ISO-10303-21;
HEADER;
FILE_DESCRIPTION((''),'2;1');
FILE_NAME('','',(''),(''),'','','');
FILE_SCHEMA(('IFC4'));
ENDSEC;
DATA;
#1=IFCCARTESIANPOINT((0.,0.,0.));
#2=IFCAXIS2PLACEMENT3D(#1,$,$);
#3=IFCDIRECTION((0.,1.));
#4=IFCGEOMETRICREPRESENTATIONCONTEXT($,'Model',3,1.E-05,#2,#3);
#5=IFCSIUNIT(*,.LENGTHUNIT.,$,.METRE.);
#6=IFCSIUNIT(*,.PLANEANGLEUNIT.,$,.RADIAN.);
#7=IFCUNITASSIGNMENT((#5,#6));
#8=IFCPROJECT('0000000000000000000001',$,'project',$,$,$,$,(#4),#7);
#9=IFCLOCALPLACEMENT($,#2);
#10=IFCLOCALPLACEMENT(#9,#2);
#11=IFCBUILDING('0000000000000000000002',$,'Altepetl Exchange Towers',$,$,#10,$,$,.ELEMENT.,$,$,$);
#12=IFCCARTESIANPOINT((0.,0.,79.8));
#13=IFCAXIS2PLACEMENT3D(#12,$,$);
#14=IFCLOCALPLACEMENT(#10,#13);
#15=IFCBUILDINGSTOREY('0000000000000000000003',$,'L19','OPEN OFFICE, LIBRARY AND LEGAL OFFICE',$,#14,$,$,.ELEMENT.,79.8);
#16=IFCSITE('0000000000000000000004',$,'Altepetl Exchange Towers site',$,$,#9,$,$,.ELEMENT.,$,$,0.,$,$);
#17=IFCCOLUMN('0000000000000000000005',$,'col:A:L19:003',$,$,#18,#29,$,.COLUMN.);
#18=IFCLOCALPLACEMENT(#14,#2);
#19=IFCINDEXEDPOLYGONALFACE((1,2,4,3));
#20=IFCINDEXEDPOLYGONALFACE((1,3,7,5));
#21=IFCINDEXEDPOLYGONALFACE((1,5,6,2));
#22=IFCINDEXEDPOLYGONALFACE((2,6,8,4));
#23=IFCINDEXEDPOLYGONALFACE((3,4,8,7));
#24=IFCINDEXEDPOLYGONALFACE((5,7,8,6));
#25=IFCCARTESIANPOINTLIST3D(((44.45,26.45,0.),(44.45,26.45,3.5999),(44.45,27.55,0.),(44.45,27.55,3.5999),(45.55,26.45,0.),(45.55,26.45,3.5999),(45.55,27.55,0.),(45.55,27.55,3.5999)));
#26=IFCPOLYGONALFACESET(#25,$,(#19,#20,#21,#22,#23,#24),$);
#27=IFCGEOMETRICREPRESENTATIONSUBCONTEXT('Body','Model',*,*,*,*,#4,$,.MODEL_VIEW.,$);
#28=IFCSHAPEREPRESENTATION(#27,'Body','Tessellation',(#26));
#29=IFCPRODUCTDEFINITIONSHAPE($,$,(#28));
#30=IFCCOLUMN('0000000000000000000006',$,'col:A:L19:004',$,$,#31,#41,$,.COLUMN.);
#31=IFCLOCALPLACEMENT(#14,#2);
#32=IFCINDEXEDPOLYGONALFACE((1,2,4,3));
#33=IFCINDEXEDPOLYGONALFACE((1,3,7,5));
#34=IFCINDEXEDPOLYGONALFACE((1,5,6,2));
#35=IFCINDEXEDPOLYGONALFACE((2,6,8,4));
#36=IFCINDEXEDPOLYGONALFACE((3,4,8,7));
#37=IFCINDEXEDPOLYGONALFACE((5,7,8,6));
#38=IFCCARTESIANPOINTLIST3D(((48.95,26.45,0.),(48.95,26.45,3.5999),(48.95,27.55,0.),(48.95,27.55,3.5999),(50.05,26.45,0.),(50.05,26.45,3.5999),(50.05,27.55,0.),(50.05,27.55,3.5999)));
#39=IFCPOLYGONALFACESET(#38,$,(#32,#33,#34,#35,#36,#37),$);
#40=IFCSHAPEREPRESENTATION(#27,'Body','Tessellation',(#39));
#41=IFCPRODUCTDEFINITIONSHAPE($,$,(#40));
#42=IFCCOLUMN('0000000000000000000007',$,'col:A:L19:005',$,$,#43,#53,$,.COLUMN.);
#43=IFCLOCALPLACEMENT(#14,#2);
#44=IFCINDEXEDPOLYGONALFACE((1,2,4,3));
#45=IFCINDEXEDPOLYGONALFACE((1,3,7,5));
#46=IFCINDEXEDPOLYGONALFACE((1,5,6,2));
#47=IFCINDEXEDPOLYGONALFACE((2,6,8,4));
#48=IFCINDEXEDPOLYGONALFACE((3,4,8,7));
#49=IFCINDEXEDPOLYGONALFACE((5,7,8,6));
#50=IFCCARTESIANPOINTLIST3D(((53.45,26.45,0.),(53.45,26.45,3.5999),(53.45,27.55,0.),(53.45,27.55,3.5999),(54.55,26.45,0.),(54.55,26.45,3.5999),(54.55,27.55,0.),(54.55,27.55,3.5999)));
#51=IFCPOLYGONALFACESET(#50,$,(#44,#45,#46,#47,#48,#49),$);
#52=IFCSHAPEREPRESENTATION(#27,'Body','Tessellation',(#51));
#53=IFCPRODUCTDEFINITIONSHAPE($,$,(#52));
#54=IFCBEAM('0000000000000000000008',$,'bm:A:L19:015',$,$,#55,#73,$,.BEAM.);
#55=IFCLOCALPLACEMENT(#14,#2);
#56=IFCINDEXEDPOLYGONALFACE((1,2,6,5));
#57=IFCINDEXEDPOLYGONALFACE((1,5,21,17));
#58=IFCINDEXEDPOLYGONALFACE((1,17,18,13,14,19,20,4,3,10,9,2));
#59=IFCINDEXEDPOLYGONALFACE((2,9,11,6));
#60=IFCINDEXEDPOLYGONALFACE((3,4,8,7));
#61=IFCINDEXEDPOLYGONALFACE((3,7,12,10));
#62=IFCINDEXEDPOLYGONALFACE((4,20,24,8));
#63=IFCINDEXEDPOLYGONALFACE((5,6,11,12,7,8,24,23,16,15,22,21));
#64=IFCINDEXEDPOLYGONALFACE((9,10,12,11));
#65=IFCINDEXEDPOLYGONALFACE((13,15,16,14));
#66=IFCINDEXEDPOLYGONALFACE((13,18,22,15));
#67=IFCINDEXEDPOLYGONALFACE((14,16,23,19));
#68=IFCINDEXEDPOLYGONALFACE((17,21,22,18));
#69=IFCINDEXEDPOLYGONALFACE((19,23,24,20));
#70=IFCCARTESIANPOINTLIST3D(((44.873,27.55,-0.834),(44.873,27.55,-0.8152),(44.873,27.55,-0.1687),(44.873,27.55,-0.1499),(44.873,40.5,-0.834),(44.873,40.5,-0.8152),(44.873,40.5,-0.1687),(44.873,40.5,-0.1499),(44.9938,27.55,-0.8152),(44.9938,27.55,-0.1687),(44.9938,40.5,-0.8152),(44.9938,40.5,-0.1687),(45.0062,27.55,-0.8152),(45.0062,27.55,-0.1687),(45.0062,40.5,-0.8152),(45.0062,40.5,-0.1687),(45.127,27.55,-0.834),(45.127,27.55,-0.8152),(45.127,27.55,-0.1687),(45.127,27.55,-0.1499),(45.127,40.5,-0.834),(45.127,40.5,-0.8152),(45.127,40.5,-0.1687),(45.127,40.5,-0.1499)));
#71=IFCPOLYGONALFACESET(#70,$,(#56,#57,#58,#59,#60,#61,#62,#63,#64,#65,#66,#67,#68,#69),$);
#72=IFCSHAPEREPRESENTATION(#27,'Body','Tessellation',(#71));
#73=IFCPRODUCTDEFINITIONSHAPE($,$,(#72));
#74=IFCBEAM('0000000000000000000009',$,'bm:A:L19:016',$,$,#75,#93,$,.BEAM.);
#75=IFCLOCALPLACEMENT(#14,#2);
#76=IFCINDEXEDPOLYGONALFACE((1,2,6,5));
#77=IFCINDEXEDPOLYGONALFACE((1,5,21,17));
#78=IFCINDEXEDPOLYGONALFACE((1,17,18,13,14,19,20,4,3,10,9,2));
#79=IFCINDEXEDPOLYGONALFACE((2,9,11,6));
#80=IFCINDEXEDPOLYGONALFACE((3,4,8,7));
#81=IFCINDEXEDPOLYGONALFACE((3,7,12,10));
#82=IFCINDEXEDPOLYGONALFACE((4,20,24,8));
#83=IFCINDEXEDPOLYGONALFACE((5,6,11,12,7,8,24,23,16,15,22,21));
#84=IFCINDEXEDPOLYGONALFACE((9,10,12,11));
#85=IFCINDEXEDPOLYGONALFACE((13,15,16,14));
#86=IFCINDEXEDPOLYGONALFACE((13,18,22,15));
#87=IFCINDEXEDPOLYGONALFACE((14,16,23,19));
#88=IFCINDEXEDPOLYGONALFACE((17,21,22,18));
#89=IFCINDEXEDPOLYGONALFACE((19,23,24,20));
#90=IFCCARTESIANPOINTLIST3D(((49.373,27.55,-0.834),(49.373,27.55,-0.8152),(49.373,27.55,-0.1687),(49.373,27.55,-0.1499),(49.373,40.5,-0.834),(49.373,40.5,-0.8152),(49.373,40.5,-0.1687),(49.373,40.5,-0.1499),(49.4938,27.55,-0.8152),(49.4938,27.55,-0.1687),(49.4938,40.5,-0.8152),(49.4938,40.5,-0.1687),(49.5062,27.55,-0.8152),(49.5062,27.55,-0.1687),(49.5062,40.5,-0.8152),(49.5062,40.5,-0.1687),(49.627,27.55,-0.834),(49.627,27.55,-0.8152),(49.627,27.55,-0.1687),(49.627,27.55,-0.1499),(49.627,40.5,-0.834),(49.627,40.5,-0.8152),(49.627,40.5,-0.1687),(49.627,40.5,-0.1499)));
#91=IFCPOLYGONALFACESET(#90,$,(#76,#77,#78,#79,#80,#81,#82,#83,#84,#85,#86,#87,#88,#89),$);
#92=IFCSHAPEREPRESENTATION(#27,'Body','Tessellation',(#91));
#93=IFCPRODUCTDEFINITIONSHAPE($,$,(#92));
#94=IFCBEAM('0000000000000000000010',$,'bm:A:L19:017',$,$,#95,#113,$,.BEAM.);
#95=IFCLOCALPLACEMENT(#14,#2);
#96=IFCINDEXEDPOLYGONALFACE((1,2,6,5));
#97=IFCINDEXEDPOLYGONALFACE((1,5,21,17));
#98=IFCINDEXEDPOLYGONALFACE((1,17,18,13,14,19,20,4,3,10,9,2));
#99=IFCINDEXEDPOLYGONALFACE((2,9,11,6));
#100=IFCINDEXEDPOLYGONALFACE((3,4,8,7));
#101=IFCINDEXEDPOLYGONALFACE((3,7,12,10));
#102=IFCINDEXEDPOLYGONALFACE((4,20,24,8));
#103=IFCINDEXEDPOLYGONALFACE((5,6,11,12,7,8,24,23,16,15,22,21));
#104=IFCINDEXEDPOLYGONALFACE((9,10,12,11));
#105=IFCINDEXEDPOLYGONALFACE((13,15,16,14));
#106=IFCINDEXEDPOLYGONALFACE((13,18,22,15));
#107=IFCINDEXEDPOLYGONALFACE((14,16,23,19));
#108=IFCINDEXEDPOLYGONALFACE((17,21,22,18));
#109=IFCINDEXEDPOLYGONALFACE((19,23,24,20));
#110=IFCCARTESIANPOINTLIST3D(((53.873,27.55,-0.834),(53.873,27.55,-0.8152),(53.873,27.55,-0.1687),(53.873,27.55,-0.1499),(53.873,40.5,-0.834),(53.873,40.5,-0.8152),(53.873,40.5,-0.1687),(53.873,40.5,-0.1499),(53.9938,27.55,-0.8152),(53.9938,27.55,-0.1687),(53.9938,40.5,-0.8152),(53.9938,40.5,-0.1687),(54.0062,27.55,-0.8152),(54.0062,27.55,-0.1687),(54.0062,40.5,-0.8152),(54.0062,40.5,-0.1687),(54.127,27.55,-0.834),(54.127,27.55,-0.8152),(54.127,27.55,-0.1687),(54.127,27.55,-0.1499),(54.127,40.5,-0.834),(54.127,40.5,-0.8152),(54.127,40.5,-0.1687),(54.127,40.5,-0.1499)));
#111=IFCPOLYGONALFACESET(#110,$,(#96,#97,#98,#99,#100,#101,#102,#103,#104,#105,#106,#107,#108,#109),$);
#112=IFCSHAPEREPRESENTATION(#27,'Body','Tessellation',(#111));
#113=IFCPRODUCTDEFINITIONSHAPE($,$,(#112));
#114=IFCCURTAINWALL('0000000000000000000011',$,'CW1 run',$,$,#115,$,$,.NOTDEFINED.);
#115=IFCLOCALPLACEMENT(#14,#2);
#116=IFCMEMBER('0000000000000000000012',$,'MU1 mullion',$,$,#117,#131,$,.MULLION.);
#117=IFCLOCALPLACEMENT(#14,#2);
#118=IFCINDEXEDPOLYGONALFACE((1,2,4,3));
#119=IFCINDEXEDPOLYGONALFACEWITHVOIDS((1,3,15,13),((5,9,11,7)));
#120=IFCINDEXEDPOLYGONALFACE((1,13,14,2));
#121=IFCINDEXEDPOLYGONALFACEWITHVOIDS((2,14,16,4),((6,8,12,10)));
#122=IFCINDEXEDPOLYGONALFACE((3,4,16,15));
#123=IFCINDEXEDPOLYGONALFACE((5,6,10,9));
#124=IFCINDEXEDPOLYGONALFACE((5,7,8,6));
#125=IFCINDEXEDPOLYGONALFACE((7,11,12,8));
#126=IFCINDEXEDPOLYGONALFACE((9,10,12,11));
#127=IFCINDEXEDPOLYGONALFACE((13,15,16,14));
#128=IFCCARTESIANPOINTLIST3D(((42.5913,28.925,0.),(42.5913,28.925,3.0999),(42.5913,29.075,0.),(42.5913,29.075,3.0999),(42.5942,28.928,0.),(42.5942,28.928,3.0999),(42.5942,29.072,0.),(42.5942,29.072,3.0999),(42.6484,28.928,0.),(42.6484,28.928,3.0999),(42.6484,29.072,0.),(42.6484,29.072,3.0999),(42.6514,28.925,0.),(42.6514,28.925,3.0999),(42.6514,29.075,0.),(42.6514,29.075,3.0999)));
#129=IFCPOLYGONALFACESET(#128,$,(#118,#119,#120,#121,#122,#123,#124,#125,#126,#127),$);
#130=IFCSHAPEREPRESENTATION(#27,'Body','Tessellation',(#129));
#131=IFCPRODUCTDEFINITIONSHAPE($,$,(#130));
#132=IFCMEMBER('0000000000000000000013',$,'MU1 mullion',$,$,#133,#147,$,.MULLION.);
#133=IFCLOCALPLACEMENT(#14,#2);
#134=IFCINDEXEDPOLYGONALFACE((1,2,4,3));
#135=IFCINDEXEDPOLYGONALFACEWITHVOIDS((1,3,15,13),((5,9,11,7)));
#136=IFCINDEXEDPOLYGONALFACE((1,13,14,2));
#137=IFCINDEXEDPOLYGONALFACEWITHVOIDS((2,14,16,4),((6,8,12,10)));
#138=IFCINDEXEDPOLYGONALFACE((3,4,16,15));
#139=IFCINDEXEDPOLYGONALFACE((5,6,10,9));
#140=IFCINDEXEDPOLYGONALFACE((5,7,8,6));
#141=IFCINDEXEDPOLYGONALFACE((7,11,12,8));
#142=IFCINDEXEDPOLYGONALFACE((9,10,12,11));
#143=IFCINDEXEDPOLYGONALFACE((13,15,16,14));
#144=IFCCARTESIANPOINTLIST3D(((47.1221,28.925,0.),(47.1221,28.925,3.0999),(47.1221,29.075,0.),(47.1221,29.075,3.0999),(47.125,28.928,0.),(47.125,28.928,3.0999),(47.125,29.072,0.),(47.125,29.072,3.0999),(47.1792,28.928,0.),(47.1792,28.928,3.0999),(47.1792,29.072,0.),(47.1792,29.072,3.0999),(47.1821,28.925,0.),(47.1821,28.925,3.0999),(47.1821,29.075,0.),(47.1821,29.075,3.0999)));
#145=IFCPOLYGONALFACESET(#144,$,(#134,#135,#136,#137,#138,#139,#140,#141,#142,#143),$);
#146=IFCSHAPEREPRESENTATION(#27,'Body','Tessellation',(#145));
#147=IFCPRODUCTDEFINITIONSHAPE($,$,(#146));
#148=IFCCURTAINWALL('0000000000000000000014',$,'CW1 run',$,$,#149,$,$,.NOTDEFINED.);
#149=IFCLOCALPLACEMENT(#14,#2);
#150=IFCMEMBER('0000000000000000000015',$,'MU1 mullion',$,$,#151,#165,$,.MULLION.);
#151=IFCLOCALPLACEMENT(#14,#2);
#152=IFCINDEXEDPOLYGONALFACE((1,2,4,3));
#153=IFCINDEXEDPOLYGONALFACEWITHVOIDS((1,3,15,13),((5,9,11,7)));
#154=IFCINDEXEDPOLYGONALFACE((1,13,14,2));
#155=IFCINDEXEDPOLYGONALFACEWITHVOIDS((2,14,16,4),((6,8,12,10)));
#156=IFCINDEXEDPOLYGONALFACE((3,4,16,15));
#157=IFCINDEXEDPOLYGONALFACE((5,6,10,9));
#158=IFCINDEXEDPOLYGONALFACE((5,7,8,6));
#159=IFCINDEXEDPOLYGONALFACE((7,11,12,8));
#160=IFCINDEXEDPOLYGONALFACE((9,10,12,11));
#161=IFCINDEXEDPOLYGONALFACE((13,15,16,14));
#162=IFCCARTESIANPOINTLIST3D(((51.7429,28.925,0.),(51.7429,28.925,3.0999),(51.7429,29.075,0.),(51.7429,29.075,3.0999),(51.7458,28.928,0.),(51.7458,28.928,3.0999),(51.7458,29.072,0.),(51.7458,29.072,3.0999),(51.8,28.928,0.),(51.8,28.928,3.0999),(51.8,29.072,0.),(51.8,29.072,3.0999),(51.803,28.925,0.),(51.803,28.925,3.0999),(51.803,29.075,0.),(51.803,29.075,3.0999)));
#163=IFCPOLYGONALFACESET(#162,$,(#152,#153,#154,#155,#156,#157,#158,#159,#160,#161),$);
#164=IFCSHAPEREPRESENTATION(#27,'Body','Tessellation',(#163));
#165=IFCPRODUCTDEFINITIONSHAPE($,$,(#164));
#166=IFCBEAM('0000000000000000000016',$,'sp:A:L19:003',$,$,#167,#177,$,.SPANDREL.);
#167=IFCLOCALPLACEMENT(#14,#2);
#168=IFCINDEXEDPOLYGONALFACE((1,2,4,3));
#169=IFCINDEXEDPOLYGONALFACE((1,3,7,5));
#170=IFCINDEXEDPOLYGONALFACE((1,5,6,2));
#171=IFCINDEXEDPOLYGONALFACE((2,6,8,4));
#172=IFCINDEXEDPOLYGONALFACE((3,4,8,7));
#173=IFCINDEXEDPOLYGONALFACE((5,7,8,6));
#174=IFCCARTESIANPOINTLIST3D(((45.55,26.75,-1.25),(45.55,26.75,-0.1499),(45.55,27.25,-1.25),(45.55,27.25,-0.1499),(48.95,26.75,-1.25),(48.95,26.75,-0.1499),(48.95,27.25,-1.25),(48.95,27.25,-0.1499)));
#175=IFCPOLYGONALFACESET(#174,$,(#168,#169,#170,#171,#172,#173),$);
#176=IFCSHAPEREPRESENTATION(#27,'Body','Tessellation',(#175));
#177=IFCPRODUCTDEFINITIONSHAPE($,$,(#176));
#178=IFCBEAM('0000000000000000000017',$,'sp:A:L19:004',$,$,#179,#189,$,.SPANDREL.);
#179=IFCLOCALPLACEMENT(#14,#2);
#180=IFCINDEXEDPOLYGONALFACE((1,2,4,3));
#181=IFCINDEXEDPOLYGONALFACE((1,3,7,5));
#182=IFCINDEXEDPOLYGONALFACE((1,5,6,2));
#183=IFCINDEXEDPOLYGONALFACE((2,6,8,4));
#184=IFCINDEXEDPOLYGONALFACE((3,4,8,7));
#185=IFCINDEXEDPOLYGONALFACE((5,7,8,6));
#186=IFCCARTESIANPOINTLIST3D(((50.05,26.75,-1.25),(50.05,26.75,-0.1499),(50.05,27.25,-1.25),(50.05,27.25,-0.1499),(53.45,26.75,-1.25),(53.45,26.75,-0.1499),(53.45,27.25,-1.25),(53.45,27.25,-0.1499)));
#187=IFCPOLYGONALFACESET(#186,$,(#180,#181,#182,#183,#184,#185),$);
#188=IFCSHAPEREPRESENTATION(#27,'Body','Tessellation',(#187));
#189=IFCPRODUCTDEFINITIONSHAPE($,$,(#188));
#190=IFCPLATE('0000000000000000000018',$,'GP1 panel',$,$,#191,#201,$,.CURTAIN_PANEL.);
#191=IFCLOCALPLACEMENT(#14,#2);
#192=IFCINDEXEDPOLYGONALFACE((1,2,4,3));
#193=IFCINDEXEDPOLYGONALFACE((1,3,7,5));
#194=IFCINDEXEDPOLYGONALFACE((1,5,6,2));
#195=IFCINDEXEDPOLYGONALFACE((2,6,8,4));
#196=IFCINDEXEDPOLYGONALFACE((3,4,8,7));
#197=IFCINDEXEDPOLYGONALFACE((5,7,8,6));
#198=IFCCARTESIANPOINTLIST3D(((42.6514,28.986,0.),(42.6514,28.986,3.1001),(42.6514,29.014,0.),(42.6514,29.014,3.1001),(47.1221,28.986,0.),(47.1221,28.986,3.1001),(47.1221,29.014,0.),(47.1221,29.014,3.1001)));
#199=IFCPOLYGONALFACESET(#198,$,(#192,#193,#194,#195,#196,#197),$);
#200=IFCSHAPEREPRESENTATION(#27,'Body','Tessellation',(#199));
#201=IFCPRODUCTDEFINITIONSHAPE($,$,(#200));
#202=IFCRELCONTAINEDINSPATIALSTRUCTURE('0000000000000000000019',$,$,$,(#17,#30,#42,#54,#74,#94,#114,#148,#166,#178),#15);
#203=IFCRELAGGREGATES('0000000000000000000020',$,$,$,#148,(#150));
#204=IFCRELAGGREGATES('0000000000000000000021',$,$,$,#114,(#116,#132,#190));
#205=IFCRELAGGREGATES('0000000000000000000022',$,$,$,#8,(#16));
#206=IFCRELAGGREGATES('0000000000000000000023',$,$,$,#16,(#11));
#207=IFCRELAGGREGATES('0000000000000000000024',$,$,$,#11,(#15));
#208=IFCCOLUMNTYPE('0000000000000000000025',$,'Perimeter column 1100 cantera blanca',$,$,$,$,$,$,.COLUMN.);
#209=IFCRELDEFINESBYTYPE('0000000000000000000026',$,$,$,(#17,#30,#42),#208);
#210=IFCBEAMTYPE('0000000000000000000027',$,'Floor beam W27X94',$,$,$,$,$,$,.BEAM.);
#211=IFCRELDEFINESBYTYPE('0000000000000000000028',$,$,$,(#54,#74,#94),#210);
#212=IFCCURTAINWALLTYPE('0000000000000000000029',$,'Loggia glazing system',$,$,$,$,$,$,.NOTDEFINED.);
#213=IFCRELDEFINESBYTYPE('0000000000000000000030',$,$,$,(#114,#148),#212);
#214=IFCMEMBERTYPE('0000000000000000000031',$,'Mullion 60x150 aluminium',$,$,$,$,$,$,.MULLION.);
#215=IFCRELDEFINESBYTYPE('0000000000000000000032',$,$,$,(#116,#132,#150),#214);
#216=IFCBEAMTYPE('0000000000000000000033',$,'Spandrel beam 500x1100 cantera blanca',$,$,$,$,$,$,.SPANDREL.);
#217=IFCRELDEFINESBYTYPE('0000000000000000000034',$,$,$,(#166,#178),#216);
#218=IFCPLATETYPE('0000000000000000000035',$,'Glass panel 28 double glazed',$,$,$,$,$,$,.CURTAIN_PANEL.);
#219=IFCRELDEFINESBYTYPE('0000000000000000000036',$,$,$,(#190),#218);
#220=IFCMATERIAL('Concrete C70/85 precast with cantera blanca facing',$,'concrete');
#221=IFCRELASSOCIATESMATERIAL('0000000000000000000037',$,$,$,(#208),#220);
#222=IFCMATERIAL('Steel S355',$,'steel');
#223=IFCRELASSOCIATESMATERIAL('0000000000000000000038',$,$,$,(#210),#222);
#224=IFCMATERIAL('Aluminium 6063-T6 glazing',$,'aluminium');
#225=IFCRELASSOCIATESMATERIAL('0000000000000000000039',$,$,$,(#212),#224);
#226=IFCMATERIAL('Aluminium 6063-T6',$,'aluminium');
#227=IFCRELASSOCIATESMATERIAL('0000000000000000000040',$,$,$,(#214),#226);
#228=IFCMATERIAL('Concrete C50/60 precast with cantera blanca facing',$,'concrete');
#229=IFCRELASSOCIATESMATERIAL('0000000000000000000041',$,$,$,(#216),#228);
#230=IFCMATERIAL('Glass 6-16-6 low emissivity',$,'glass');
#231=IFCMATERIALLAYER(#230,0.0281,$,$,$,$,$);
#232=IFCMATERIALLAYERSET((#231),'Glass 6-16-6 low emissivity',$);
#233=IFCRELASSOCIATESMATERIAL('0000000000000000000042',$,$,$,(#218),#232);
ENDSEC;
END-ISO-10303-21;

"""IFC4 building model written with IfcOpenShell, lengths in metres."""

from ifc_helpers import new_model, si_unit, direction, frame, origin, origin_2d, place, context, subcontext, project, spatial, rectangle, hollow_rectangle, i_section, extrude, material, layer, layer_set, material_profile, profile_set, type_object, element, aggregate, save


model = new_model("IFC4")

# Units and contexts
model_context = context("Model", 3, precision=1e-05, world=origin(), true_north=direction((0.0, 1.0)))
body_context = subcontext(model_context, "Body", "Model", "MODEL_VIEW")
ifc_project = project(units=[si_unit("LENGTHUNIT", "METRE"), si_unit("PLANEANGLEUNIT", "RADIAN")], contexts=[model_context])

# Site, building, storey
site_placement = place(None, origin())
site = spatial("IfcSite", under=ifc_project, at=site_placement, Name="Altepetl Exchange Towers site", CompositionType="ELEMENT", RefElevation=0.0)
building_placement = place(site_placement, origin())
building = spatial("IfcBuilding", under=site, at=building_placement, Name="Altepetl Exchange Towers", CompositionType="ELEMENT")
storey_placement = place(building_placement, frame((0.0, 0.0, 79.8)))
storey = spatial("IfcBuildingStorey", under=building, at=storey_placement, Name="L19", Description="OPEN OFFICE, LIBRARY AND LEGAL OFFICE", CompositionType="ELEMENT", Elevation=79.8)

# Columns
ifc_material_1 = material(Name="Concrete C70/85 precast with cantera blanca facing", Category="concrete")
ifc_material_profile_1 = material_profile(ifc_material_1, rectangle(XDim=1.1001, YDim=1.1001, at=origin_2d()), Name="1100 x 1100")
ifc_profile_set_1 = profile_set([ifc_material_profile_1], Name="Concrete C70/85 precast with cantera blanca facing")
column_type = type_object("IfcColumnType", Name="Perimeter column 1100 cantera blanca", PredefinedType="COLUMN", material=ifc_profile_set_1)
for number, where, name in (
    (1, (45.0, 27.0, 0.0), "col:A:L19:003"),
    (2, (49.5, 27.0, 0.0), "col:A:L19:004"),
    (3, (54.0, 27.0, 0.0), "col:A:L19:005"),
):
    element("IfcColumn", number, at=place(storey_placement, frame(where)), inside=storey, type_object=column_type, Name=name, PredefinedType="COLUMN", context=body_context, shape_type="SweptSolid", body=[
        extrude(rectangle(XDim=1.1001, YDim=1.1001, at=origin_2d()), origin(), (0.0, 0.0, 1.0), 3.5999),
    ])

# Beams
ifc_material_2 = material(Name="Steel S355", Category="steel")
ifc_material_profile_2 = material_profile(ifc_material_2, i_section(OverallWidth=0.2539, OverallDepth=0.6841, WebThickness=0.0125, FlangeThickness=0.0188, at=origin_2d()), Name="W27X94")
ifc_profile_set_2 = profile_set([ifc_material_profile_2], Name="Steel S355")
beam_type_1 = type_object("IfcBeamType", Name="Floor beam W27X94", PredefinedType="BEAM", material=ifc_profile_set_2)
for number, where, z_axis, x_axis, name in (
    (4, (45.0, 27.55, -0.4919), (0.0, 1.0, 0.0), (-1.0, 0.0, 0.0), "bm:A:L19:015"),
    (5, (49.5, 27.55, -0.4919), (0.0, 1.0, 0.0), (-1.0, 0.0, 0.0), "bm:A:L19:016"),
    (6, (54.0, 27.55, -0.4919), (0.0, 1.0, 0.0), (-1.0, 0.0, 0.0), "bm:A:L19:017"),
):
    element("IfcBeam", number, at=place(storey_placement, frame(where, z_axis=z_axis, x_axis=x_axis)), inside=storey, type_object=beam_type_1, Name=name, PredefinedType="BEAM", context=body_context, shape_type="SweptSolid", body=[
        extrude(i_section(OverallWidth=0.2539, OverallDepth=0.6841, WebThickness=0.0125, FlangeThickness=0.0188, at=origin_2d()), origin(), (0.0, 0.0, 1.0), 12.95),
    ])

# Curtain wall, members
ifc_material_3 = material(Name="Aluminium 6063-T6 glazing", Category="aluminium")
curtain_wall_type = type_object("IfcCurtainWallType", Name="Loggia glazing system", PredefinedType="NOTDEFINED", material=ifc_material_3)
curtain_wall_1_placement = place(storey_placement, origin())
curtain_wall_1 = element("IfcCurtainWall", 7, at=curtain_wall_1_placement, inside=storey, type_object=curtain_wall_type, Name="CW1 run", PredefinedType="NOTDEFINED")
ifc_material_4 = material(Name="Aluminium 6063-T6", Category="aluminium")
ifc_material_profile_3 = material_profile(ifc_material_4, hollow_rectangle(XDim=0.0601, YDim=0.1499, WallThickness=0.0029, at=origin_2d()), Name="Mullion 60x150 aluminium")
ifc_profile_set_3 = profile_set([ifc_material_profile_3], Name="Aluminium 6063-T6")
member_type = type_object("IfcMemberType", Name="Mullion 60x150 aluminium", PredefinedType="MULLION", material=ifc_profile_set_3)
member_1_placement = place(storey_placement, frame((42.6213, 29.0, 0.0)))
member_1 = element("IfcMember", 8, at=member_1_placement, type_object=member_type, Name="MU1 mullion", PredefinedType="MULLION", context=body_context, shape_type="SweptSolid", body=[
    extrude(hollow_rectangle(XDim=0.0601, YDim=0.1499, WallThickness=0.0029, at=origin_2d()), origin(), (0.0, 0.0, 1.0), 3.0999),
])
member_2_placement = place(storey_placement, frame((47.1521, 29.0, 0.0)))
member_2 = element("IfcMember", 9, at=member_2_placement, type_object=member_type, Name="MU1 mullion", PredefinedType="MULLION", context=body_context, shape_type="SweptSolid", body=[
    extrude(hollow_rectangle(XDim=0.0601, YDim=0.1499, WallThickness=0.0029, at=origin_2d()), origin(), (0.0, 0.0, 1.0), 3.0999),
])

# Curtain wall, member
curtain_wall_2_placement = place(storey_placement, origin())
curtain_wall_2 = element("IfcCurtainWall", 10, at=curtain_wall_2_placement, inside=storey, type_object=curtain_wall_type, Name="CW1 run", PredefinedType="NOTDEFINED")
member_3_placement = place(storey_placement, frame((51.7729, 29.0, 0.0)))
member_3 = element("IfcMember", 11, at=member_3_placement, type_object=member_type, Name="MU1 mullion", PredefinedType="MULLION", context=body_context, shape_type="SweptSolid", body=[
    extrude(hollow_rectangle(XDim=0.0601, YDim=0.1499, WallThickness=0.0029, at=origin_2d()), origin(), (0.0, 0.0, 1.0), 3.0999),
])
aggregate(curtain_wall_2, [member_3])

# Beams
ifc_material_5 = material(Name="Concrete C50/60 precast with cantera blanca facing", Category="concrete")
ifc_material_profile_4 = material_profile(ifc_material_5, rectangle(XDim=0.5, YDim=1.1001, at=origin_2d()), Name="500 x 1100")
ifc_profile_set_4 = profile_set([ifc_material_profile_4], Name="Concrete C50/60 precast with cantera blanca facing")
beam_type_2 = type_object("IfcBeamType", Name="Spandrel beam 500x1100 cantera blanca", PredefinedType="SPANDREL", material=ifc_profile_set_4)
for number, where, z_axis, x_axis, name in (
    (12, (45.55, 27.0, -0.7), (1.0, 0.0, 0.0), (0.0, 1.0, 0.0), "sp:A:L19:003"),
    (13, (50.05, 27.0, -0.7), (1.0, 0.0, 0.0), (0.0, 1.0, 0.0), "sp:A:L19:004"),
):
    element("IfcBeam", number, at=place(storey_placement, frame(where, z_axis=z_axis, x_axis=x_axis)), inside=storey, type_object=beam_type_2, Name=name, PredefinedType="SPANDREL", context=body_context, shape_type="SweptSolid", body=[
        extrude(rectangle(XDim=0.5, YDim=1.1001, at=origin_2d()), origin(), (0.0, 0.0, 1.0), 3.3999),
    ])

# Plate
ifc_material_6 = material(Name="Glass 6-16-6 low emissivity", Category="glass")
ifc_layer_1 = layer(ifc_material_6, 0.0281)
ifc_layer_set_1 = layer_set([ifc_layer_1], Name="Glass 6-16-6 low emissivity")
plate_type = type_object("IfcPlateType", Name="Glass panel 28 double glazed", PredefinedType="CURTAIN_PANEL", material=ifc_layer_set_1)
plate_placement = place(storey_placement, frame((44.8867, 29.0, 0.0)))
plate = element("IfcPlate", 14, at=plate_placement, type_object=plate_type, Name="GP1 panel", PredefinedType="CURTAIN_PANEL", context=body_context, shape_type="SweptSolid", body=[
    extrude(rectangle(XDim=4.4707, YDim=0.0281, at=origin_2d()), origin(), (0.0, 0.0, 1.0), 3.1001),
])
aggregate(curtain_wall_1, [member_1, member_2, plate])

save(model, "model.ifc")
